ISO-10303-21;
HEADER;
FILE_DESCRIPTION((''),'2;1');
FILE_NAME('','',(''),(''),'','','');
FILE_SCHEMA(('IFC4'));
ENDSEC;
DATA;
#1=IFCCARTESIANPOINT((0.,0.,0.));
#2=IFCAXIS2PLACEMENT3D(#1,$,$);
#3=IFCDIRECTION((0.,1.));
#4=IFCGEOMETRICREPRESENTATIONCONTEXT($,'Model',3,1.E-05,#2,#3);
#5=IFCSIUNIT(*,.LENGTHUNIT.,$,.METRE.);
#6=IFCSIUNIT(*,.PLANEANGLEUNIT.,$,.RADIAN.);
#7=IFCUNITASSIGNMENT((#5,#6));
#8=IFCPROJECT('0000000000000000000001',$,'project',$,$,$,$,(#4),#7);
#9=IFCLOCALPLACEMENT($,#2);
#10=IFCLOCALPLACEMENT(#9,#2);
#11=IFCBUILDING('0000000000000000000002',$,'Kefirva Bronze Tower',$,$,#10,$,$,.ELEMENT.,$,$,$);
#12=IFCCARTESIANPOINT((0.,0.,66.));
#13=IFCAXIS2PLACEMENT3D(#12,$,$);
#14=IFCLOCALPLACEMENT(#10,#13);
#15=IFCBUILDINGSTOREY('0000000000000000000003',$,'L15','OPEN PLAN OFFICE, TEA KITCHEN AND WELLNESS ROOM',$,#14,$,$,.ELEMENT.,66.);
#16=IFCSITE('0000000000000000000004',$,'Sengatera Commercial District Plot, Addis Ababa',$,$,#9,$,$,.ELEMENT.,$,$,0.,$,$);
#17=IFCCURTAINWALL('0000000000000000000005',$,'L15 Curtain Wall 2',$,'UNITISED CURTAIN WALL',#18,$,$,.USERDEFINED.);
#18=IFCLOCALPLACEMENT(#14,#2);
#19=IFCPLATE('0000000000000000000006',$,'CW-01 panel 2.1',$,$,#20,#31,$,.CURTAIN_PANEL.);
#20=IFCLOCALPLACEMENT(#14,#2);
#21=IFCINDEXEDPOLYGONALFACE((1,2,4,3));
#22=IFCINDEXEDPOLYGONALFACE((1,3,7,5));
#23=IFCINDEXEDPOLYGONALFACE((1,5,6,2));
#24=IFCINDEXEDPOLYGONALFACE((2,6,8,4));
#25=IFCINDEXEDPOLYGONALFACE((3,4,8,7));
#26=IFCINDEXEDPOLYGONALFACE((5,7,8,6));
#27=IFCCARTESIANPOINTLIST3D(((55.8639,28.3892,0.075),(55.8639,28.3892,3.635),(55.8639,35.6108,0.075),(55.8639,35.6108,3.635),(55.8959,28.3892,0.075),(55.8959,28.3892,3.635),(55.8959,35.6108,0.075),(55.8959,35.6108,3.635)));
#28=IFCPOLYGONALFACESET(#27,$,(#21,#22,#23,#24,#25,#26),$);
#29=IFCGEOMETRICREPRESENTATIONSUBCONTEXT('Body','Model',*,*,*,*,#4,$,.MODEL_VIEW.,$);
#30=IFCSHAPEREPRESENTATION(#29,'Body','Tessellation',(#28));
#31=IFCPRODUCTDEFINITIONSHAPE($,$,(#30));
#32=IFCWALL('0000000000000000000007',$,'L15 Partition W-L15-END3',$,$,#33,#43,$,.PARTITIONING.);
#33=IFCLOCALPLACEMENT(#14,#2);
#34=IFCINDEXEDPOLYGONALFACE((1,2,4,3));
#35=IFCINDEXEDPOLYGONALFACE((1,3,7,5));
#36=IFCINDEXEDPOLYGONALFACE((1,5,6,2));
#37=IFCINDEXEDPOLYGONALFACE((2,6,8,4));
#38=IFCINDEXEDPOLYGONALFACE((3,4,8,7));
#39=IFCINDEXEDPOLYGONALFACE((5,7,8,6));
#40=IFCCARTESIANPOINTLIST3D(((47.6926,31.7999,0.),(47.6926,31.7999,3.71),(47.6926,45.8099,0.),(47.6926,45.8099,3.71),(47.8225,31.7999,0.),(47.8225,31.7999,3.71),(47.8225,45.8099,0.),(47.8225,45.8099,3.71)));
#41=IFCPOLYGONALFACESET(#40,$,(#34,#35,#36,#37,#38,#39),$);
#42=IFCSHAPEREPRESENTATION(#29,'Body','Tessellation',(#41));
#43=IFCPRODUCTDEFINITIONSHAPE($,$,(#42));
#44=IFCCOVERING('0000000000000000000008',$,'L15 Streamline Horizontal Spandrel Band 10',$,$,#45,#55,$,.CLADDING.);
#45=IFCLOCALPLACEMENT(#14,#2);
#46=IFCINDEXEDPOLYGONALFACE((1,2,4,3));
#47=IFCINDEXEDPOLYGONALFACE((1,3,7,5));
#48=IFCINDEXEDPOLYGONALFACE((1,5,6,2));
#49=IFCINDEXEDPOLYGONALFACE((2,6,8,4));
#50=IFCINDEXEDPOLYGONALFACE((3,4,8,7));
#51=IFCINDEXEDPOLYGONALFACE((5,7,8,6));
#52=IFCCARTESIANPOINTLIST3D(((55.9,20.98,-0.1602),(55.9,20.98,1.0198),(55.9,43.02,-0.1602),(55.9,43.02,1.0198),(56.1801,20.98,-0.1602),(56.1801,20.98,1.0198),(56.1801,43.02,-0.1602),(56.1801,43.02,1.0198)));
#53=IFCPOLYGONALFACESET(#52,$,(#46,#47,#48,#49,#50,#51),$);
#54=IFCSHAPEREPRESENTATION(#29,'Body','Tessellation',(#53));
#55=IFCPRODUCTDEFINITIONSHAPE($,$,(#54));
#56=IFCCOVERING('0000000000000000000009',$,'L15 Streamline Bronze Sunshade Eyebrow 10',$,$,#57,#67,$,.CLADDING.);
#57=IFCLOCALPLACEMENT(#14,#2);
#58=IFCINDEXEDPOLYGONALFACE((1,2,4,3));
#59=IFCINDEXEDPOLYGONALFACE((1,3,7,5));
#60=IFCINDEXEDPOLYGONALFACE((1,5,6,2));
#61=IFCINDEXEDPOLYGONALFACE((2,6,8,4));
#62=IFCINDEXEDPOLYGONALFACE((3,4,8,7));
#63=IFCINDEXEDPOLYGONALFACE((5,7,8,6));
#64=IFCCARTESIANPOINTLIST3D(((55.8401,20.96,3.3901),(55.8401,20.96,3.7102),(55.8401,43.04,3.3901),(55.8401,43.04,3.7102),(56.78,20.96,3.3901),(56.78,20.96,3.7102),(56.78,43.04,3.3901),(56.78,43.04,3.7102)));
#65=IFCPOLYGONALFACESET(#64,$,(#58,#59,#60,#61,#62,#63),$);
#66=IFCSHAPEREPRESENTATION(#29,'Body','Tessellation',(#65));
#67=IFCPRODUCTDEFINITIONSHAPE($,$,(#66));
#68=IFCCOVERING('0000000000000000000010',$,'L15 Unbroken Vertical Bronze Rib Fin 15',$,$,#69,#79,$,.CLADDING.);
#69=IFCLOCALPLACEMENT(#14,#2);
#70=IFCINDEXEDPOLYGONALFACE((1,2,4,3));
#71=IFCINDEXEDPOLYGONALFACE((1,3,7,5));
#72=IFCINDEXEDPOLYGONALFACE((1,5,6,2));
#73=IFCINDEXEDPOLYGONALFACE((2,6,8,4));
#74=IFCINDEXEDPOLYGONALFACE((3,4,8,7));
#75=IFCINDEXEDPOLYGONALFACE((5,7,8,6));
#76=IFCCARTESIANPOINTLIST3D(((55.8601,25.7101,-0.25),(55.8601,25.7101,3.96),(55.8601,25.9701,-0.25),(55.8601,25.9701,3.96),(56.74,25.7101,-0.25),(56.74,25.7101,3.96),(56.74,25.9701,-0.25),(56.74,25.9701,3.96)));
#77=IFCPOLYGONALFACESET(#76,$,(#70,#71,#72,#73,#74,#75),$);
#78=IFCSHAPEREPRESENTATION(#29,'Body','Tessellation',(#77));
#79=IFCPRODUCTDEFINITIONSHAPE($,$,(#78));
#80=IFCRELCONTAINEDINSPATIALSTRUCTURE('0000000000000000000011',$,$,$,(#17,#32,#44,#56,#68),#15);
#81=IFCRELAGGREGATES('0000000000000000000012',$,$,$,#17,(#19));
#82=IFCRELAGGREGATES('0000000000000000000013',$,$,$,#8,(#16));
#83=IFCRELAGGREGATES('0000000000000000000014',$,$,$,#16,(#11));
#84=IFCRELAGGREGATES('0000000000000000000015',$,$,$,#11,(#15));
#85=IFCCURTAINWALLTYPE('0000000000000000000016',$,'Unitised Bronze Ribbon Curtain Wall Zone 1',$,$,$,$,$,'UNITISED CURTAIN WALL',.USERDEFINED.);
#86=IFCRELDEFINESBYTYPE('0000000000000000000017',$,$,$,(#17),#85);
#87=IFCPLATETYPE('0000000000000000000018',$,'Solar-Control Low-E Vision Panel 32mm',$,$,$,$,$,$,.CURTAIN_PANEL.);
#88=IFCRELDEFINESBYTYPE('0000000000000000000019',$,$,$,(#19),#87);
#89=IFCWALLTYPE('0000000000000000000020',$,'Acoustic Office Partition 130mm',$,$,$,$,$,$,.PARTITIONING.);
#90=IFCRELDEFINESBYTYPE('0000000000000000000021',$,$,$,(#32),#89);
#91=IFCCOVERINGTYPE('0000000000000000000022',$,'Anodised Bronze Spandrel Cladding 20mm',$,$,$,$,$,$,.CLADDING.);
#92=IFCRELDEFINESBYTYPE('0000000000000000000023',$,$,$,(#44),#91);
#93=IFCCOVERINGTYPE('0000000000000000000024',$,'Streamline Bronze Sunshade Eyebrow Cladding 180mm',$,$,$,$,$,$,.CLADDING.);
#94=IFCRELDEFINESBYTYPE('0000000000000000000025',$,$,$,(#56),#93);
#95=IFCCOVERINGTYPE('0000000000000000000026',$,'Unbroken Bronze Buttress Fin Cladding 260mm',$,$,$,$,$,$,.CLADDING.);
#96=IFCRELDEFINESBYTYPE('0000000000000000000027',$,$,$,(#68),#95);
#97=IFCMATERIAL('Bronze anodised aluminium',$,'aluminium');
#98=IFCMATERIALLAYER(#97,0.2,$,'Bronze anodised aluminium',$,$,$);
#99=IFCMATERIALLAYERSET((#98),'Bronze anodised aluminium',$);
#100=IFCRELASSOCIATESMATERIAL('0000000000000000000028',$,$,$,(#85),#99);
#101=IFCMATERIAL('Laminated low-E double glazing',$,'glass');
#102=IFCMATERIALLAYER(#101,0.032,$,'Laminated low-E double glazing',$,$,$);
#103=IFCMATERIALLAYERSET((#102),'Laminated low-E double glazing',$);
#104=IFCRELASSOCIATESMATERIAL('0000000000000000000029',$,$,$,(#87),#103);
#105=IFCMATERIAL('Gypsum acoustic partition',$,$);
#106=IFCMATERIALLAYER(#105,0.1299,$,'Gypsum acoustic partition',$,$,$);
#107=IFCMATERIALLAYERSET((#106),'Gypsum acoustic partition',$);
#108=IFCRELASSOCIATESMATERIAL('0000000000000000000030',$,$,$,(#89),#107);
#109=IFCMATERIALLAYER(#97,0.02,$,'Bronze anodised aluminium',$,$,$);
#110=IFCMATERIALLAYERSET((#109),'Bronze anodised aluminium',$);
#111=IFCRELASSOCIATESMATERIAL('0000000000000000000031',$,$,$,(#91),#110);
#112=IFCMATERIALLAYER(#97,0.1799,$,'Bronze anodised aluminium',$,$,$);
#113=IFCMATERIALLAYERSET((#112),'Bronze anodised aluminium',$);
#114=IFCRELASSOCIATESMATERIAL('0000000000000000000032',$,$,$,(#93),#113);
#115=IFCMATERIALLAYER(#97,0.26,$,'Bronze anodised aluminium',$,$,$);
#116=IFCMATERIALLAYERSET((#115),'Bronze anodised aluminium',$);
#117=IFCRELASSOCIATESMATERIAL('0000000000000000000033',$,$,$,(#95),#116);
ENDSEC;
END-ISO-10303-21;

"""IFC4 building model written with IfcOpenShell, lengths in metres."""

from ifc_helpers import new_model, si_unit, direction, frame, frame_2d, origin, origin_2d, place, context, subcontext, project, spatial, rectangle, extrude, material, layer, layer_set, type_object, element, aggregate, save


model = new_model("IFC4")

# Units and contexts
model_context = context("Model", 3, precision=1e-05, world=origin(), true_north=direction((0.0, 1.0)))
body_context = subcontext(model_context, "Body", "Model", "MODEL_VIEW")
ifc_project = project(units=[si_unit("LENGTHUNIT", "METRE"), si_unit("PLANEANGLEUNIT", "RADIAN")], contexts=[model_context])

# Site, building, storey
site_placement = place(None, origin())
site = spatial("IfcSite", under=ifc_project, at=site_placement, Name="Sengatera Commercial District Plot, Addis Ababa", CompositionType="ELEMENT", RefElevation=0.0)
building_placement = place(site_placement, origin())
building = spatial("IfcBuilding", under=site, at=building_placement, Name="Kefirva Bronze Tower", CompositionType="ELEMENT")
storey_placement = place(building_placement, frame((0.0, 0.0, 66.0)))
storey = spatial("IfcBuildingStorey", under=building, at=storey_placement, Name="L15", Description="OPEN PLAN OFFICE, TEA KITCHEN AND WELLNESS ROOM", CompositionType="ELEMENT", Elevation=66.0)

# Curtain wall
ifc_material_1 = material(Name="Bronze anodised aluminium", Category="aluminium")
ifc_layer_1 = layer(ifc_material_1, 0.2, Name="Bronze anodised aluminium")
ifc_layer_set_1 = layer_set([ifc_layer_1], Name="Bronze anodised aluminium")
curtain_wall_type = type_object("IfcCurtainWallType", Name="Unitised Bronze Ribbon Curtain Wall Zone 1", ElementType="UNITISED CURTAIN WALL", PredefinedType="USERDEFINED", material=ifc_layer_set_1)
curtain_wall_placement = place(storey_placement, origin())
curtain_wall = element("IfcCurtainWall", 1, at=curtain_wall_placement, inside=storey, type_object=curtain_wall_type, Name="L15 Curtain Wall 2", ObjectType="UNITISED CURTAIN WALL", PredefinedType="USERDEFINED")

# Plate
ifc_material_2 = material(Name="Laminated low-E double glazing", Category="glass")
ifc_layer_2 = layer(ifc_material_2, 0.032, Name="Laminated low-E double glazing")
ifc_layer_set_2 = layer_set([ifc_layer_2], Name="Laminated low-E double glazing")
plate_type = type_object("IfcPlateType", Name="Solar-Control Low-E Vision Panel 32mm", PredefinedType="CURTAIN_PANEL", material=ifc_layer_set_2)
plate_placement = place(storey_placement, frame((55.8799, 32.0, 0.075), z_axis=(0.0, 0.0, 1.0), x_axis=(0.0, 1.0, 0.0)))
plate = element("IfcPlate", 2, at=plate_placement, type_object=plate_type, Name="CW-01 panel 2.1", PredefinedType="CURTAIN_PANEL", context=body_context, shape_type="SweptSolid", body=[
    extrude(rectangle(XDim=7.2217, YDim=0.032, at=origin_2d()), origin(), (0.0, 0.0, 1.0), 3.5601),
])
aggregate(curtain_wall, [plate])

# Wall
ifc_material_3 = material(Name="Gypsum acoustic partition")
ifc_layer_3 = layer(ifc_material_3, 0.1299, Name="Gypsum acoustic partition")
ifc_layer_set_3 = layer_set([ifc_layer_3], Name="Gypsum acoustic partition")
wall_type = type_object("IfcWallType", Name="Acoustic Office Partition 130mm", PredefinedType="PARTITIONING", material=ifc_layer_set_3)
wall_placement = place(storey_placement, frame((47.7576, 31.8, 0.0), z_axis=(0.0, 0.0, 1.0), x_axis=(0.0, 1.0, 0.0)))
element("IfcWall", 3, at=wall_placement, inside=storey, type_object=wall_type, Name="L15 Partition W-L15-END3", PredefinedType="PARTITIONING", context=body_context, shape_type="SweptSolid", body=[
    extrude(rectangle(XDim=14.01, YDim=0.1299, at=frame_2d((7.0049, 0.0))), origin(), (0.0, 0.0, 1.0), 3.71),
])

# Coverings
ifc_layer_4 = layer(ifc_material_1, 0.02, Name="Bronze anodised aluminium")
ifc_layer_set_4 = layer_set([ifc_layer_4], Name="Bronze anodised aluminium")
covering_type_1 = type_object("IfcCoveringType", Name="Anodised Bronze Spandrel Cladding 20mm", PredefinedType="CLADDING", material=ifc_layer_set_4)
covering_1_placement = place(storey_placement, frame((56.04, 32.0, -0.1602), z_axis=(0.0, 0.0, 1.0), x_axis=(0.0, 1.0, 0.0)))
element("IfcCovering", 4, at=covering_1_placement, inside=storey, type_object=covering_type_1, Name="L15 Streamline Horizontal Spandrel Band 10", PredefinedType="CLADDING", context=body_context, shape_type="SweptSolid", body=[
    extrude(rectangle(XDim=22.04, YDim=0.28, at=origin_2d()), origin(), (0.0, 0.0, 1.0), 1.1799),
])
ifc_layer_5 = layer(ifc_material_1, 0.1799, Name="Bronze anodised aluminium")
ifc_layer_set_5 = layer_set([ifc_layer_5], Name="Bronze anodised aluminium")
covering_type_2 = type_object("IfcCoveringType", Name="Streamline Bronze Sunshade Eyebrow Cladding 180mm", PredefinedType="CLADDING", material=ifc_layer_set_5)
covering_2_placement = place(storey_placement, frame((56.3101, 32.0, 3.3901), z_axis=(0.0, 0.0, 1.0), x_axis=(0.0, 1.0, 0.0)))
element("IfcCovering", 5, at=covering_2_placement, inside=storey, type_object=covering_type_2, Name="L15 Streamline Bronze Sunshade Eyebrow 10", PredefinedType="CLADDING", context=body_context, shape_type="SweptSolid", body=[
    extrude(rectangle(XDim=22.0801, YDim=0.9399, at=origin_2d()), origin(), (0.0, 0.0, 1.0), 0.3201),
])
ifc_layer_6 = layer(ifc_material_1, 0.26, Name="Bronze anodised aluminium")
ifc_layer_set_6 = layer_set([ifc_layer_6], Name="Bronze anodised aluminium")
covering_type_3 = type_object("IfcCoveringType", Name="Unbroken Bronze Buttress Fin Cladding 260mm", PredefinedType="CLADDING", material=ifc_layer_set_6)
covering_3_placement = place(storey_placement, frame((56.3, 25.8401, -0.25), z_axis=(0.0, 0.0, 1.0), x_axis=(0.0, 1.0, 0.0)))
element("IfcCovering", 6, at=covering_3_placement, inside=storey, type_object=covering_type_3, Name="L15 Unbroken Vertical Bronze Rib Fin 15", PredefinedType="CLADDING", context=body_context, shape_type="SweptSolid", body=[
    extrude(rectangle(XDim=0.26, YDim=0.8799, at=origin_2d()), origin(), (0.0, 0.0, 1.0), 4.21),
])

save(model, "model.ifc")
